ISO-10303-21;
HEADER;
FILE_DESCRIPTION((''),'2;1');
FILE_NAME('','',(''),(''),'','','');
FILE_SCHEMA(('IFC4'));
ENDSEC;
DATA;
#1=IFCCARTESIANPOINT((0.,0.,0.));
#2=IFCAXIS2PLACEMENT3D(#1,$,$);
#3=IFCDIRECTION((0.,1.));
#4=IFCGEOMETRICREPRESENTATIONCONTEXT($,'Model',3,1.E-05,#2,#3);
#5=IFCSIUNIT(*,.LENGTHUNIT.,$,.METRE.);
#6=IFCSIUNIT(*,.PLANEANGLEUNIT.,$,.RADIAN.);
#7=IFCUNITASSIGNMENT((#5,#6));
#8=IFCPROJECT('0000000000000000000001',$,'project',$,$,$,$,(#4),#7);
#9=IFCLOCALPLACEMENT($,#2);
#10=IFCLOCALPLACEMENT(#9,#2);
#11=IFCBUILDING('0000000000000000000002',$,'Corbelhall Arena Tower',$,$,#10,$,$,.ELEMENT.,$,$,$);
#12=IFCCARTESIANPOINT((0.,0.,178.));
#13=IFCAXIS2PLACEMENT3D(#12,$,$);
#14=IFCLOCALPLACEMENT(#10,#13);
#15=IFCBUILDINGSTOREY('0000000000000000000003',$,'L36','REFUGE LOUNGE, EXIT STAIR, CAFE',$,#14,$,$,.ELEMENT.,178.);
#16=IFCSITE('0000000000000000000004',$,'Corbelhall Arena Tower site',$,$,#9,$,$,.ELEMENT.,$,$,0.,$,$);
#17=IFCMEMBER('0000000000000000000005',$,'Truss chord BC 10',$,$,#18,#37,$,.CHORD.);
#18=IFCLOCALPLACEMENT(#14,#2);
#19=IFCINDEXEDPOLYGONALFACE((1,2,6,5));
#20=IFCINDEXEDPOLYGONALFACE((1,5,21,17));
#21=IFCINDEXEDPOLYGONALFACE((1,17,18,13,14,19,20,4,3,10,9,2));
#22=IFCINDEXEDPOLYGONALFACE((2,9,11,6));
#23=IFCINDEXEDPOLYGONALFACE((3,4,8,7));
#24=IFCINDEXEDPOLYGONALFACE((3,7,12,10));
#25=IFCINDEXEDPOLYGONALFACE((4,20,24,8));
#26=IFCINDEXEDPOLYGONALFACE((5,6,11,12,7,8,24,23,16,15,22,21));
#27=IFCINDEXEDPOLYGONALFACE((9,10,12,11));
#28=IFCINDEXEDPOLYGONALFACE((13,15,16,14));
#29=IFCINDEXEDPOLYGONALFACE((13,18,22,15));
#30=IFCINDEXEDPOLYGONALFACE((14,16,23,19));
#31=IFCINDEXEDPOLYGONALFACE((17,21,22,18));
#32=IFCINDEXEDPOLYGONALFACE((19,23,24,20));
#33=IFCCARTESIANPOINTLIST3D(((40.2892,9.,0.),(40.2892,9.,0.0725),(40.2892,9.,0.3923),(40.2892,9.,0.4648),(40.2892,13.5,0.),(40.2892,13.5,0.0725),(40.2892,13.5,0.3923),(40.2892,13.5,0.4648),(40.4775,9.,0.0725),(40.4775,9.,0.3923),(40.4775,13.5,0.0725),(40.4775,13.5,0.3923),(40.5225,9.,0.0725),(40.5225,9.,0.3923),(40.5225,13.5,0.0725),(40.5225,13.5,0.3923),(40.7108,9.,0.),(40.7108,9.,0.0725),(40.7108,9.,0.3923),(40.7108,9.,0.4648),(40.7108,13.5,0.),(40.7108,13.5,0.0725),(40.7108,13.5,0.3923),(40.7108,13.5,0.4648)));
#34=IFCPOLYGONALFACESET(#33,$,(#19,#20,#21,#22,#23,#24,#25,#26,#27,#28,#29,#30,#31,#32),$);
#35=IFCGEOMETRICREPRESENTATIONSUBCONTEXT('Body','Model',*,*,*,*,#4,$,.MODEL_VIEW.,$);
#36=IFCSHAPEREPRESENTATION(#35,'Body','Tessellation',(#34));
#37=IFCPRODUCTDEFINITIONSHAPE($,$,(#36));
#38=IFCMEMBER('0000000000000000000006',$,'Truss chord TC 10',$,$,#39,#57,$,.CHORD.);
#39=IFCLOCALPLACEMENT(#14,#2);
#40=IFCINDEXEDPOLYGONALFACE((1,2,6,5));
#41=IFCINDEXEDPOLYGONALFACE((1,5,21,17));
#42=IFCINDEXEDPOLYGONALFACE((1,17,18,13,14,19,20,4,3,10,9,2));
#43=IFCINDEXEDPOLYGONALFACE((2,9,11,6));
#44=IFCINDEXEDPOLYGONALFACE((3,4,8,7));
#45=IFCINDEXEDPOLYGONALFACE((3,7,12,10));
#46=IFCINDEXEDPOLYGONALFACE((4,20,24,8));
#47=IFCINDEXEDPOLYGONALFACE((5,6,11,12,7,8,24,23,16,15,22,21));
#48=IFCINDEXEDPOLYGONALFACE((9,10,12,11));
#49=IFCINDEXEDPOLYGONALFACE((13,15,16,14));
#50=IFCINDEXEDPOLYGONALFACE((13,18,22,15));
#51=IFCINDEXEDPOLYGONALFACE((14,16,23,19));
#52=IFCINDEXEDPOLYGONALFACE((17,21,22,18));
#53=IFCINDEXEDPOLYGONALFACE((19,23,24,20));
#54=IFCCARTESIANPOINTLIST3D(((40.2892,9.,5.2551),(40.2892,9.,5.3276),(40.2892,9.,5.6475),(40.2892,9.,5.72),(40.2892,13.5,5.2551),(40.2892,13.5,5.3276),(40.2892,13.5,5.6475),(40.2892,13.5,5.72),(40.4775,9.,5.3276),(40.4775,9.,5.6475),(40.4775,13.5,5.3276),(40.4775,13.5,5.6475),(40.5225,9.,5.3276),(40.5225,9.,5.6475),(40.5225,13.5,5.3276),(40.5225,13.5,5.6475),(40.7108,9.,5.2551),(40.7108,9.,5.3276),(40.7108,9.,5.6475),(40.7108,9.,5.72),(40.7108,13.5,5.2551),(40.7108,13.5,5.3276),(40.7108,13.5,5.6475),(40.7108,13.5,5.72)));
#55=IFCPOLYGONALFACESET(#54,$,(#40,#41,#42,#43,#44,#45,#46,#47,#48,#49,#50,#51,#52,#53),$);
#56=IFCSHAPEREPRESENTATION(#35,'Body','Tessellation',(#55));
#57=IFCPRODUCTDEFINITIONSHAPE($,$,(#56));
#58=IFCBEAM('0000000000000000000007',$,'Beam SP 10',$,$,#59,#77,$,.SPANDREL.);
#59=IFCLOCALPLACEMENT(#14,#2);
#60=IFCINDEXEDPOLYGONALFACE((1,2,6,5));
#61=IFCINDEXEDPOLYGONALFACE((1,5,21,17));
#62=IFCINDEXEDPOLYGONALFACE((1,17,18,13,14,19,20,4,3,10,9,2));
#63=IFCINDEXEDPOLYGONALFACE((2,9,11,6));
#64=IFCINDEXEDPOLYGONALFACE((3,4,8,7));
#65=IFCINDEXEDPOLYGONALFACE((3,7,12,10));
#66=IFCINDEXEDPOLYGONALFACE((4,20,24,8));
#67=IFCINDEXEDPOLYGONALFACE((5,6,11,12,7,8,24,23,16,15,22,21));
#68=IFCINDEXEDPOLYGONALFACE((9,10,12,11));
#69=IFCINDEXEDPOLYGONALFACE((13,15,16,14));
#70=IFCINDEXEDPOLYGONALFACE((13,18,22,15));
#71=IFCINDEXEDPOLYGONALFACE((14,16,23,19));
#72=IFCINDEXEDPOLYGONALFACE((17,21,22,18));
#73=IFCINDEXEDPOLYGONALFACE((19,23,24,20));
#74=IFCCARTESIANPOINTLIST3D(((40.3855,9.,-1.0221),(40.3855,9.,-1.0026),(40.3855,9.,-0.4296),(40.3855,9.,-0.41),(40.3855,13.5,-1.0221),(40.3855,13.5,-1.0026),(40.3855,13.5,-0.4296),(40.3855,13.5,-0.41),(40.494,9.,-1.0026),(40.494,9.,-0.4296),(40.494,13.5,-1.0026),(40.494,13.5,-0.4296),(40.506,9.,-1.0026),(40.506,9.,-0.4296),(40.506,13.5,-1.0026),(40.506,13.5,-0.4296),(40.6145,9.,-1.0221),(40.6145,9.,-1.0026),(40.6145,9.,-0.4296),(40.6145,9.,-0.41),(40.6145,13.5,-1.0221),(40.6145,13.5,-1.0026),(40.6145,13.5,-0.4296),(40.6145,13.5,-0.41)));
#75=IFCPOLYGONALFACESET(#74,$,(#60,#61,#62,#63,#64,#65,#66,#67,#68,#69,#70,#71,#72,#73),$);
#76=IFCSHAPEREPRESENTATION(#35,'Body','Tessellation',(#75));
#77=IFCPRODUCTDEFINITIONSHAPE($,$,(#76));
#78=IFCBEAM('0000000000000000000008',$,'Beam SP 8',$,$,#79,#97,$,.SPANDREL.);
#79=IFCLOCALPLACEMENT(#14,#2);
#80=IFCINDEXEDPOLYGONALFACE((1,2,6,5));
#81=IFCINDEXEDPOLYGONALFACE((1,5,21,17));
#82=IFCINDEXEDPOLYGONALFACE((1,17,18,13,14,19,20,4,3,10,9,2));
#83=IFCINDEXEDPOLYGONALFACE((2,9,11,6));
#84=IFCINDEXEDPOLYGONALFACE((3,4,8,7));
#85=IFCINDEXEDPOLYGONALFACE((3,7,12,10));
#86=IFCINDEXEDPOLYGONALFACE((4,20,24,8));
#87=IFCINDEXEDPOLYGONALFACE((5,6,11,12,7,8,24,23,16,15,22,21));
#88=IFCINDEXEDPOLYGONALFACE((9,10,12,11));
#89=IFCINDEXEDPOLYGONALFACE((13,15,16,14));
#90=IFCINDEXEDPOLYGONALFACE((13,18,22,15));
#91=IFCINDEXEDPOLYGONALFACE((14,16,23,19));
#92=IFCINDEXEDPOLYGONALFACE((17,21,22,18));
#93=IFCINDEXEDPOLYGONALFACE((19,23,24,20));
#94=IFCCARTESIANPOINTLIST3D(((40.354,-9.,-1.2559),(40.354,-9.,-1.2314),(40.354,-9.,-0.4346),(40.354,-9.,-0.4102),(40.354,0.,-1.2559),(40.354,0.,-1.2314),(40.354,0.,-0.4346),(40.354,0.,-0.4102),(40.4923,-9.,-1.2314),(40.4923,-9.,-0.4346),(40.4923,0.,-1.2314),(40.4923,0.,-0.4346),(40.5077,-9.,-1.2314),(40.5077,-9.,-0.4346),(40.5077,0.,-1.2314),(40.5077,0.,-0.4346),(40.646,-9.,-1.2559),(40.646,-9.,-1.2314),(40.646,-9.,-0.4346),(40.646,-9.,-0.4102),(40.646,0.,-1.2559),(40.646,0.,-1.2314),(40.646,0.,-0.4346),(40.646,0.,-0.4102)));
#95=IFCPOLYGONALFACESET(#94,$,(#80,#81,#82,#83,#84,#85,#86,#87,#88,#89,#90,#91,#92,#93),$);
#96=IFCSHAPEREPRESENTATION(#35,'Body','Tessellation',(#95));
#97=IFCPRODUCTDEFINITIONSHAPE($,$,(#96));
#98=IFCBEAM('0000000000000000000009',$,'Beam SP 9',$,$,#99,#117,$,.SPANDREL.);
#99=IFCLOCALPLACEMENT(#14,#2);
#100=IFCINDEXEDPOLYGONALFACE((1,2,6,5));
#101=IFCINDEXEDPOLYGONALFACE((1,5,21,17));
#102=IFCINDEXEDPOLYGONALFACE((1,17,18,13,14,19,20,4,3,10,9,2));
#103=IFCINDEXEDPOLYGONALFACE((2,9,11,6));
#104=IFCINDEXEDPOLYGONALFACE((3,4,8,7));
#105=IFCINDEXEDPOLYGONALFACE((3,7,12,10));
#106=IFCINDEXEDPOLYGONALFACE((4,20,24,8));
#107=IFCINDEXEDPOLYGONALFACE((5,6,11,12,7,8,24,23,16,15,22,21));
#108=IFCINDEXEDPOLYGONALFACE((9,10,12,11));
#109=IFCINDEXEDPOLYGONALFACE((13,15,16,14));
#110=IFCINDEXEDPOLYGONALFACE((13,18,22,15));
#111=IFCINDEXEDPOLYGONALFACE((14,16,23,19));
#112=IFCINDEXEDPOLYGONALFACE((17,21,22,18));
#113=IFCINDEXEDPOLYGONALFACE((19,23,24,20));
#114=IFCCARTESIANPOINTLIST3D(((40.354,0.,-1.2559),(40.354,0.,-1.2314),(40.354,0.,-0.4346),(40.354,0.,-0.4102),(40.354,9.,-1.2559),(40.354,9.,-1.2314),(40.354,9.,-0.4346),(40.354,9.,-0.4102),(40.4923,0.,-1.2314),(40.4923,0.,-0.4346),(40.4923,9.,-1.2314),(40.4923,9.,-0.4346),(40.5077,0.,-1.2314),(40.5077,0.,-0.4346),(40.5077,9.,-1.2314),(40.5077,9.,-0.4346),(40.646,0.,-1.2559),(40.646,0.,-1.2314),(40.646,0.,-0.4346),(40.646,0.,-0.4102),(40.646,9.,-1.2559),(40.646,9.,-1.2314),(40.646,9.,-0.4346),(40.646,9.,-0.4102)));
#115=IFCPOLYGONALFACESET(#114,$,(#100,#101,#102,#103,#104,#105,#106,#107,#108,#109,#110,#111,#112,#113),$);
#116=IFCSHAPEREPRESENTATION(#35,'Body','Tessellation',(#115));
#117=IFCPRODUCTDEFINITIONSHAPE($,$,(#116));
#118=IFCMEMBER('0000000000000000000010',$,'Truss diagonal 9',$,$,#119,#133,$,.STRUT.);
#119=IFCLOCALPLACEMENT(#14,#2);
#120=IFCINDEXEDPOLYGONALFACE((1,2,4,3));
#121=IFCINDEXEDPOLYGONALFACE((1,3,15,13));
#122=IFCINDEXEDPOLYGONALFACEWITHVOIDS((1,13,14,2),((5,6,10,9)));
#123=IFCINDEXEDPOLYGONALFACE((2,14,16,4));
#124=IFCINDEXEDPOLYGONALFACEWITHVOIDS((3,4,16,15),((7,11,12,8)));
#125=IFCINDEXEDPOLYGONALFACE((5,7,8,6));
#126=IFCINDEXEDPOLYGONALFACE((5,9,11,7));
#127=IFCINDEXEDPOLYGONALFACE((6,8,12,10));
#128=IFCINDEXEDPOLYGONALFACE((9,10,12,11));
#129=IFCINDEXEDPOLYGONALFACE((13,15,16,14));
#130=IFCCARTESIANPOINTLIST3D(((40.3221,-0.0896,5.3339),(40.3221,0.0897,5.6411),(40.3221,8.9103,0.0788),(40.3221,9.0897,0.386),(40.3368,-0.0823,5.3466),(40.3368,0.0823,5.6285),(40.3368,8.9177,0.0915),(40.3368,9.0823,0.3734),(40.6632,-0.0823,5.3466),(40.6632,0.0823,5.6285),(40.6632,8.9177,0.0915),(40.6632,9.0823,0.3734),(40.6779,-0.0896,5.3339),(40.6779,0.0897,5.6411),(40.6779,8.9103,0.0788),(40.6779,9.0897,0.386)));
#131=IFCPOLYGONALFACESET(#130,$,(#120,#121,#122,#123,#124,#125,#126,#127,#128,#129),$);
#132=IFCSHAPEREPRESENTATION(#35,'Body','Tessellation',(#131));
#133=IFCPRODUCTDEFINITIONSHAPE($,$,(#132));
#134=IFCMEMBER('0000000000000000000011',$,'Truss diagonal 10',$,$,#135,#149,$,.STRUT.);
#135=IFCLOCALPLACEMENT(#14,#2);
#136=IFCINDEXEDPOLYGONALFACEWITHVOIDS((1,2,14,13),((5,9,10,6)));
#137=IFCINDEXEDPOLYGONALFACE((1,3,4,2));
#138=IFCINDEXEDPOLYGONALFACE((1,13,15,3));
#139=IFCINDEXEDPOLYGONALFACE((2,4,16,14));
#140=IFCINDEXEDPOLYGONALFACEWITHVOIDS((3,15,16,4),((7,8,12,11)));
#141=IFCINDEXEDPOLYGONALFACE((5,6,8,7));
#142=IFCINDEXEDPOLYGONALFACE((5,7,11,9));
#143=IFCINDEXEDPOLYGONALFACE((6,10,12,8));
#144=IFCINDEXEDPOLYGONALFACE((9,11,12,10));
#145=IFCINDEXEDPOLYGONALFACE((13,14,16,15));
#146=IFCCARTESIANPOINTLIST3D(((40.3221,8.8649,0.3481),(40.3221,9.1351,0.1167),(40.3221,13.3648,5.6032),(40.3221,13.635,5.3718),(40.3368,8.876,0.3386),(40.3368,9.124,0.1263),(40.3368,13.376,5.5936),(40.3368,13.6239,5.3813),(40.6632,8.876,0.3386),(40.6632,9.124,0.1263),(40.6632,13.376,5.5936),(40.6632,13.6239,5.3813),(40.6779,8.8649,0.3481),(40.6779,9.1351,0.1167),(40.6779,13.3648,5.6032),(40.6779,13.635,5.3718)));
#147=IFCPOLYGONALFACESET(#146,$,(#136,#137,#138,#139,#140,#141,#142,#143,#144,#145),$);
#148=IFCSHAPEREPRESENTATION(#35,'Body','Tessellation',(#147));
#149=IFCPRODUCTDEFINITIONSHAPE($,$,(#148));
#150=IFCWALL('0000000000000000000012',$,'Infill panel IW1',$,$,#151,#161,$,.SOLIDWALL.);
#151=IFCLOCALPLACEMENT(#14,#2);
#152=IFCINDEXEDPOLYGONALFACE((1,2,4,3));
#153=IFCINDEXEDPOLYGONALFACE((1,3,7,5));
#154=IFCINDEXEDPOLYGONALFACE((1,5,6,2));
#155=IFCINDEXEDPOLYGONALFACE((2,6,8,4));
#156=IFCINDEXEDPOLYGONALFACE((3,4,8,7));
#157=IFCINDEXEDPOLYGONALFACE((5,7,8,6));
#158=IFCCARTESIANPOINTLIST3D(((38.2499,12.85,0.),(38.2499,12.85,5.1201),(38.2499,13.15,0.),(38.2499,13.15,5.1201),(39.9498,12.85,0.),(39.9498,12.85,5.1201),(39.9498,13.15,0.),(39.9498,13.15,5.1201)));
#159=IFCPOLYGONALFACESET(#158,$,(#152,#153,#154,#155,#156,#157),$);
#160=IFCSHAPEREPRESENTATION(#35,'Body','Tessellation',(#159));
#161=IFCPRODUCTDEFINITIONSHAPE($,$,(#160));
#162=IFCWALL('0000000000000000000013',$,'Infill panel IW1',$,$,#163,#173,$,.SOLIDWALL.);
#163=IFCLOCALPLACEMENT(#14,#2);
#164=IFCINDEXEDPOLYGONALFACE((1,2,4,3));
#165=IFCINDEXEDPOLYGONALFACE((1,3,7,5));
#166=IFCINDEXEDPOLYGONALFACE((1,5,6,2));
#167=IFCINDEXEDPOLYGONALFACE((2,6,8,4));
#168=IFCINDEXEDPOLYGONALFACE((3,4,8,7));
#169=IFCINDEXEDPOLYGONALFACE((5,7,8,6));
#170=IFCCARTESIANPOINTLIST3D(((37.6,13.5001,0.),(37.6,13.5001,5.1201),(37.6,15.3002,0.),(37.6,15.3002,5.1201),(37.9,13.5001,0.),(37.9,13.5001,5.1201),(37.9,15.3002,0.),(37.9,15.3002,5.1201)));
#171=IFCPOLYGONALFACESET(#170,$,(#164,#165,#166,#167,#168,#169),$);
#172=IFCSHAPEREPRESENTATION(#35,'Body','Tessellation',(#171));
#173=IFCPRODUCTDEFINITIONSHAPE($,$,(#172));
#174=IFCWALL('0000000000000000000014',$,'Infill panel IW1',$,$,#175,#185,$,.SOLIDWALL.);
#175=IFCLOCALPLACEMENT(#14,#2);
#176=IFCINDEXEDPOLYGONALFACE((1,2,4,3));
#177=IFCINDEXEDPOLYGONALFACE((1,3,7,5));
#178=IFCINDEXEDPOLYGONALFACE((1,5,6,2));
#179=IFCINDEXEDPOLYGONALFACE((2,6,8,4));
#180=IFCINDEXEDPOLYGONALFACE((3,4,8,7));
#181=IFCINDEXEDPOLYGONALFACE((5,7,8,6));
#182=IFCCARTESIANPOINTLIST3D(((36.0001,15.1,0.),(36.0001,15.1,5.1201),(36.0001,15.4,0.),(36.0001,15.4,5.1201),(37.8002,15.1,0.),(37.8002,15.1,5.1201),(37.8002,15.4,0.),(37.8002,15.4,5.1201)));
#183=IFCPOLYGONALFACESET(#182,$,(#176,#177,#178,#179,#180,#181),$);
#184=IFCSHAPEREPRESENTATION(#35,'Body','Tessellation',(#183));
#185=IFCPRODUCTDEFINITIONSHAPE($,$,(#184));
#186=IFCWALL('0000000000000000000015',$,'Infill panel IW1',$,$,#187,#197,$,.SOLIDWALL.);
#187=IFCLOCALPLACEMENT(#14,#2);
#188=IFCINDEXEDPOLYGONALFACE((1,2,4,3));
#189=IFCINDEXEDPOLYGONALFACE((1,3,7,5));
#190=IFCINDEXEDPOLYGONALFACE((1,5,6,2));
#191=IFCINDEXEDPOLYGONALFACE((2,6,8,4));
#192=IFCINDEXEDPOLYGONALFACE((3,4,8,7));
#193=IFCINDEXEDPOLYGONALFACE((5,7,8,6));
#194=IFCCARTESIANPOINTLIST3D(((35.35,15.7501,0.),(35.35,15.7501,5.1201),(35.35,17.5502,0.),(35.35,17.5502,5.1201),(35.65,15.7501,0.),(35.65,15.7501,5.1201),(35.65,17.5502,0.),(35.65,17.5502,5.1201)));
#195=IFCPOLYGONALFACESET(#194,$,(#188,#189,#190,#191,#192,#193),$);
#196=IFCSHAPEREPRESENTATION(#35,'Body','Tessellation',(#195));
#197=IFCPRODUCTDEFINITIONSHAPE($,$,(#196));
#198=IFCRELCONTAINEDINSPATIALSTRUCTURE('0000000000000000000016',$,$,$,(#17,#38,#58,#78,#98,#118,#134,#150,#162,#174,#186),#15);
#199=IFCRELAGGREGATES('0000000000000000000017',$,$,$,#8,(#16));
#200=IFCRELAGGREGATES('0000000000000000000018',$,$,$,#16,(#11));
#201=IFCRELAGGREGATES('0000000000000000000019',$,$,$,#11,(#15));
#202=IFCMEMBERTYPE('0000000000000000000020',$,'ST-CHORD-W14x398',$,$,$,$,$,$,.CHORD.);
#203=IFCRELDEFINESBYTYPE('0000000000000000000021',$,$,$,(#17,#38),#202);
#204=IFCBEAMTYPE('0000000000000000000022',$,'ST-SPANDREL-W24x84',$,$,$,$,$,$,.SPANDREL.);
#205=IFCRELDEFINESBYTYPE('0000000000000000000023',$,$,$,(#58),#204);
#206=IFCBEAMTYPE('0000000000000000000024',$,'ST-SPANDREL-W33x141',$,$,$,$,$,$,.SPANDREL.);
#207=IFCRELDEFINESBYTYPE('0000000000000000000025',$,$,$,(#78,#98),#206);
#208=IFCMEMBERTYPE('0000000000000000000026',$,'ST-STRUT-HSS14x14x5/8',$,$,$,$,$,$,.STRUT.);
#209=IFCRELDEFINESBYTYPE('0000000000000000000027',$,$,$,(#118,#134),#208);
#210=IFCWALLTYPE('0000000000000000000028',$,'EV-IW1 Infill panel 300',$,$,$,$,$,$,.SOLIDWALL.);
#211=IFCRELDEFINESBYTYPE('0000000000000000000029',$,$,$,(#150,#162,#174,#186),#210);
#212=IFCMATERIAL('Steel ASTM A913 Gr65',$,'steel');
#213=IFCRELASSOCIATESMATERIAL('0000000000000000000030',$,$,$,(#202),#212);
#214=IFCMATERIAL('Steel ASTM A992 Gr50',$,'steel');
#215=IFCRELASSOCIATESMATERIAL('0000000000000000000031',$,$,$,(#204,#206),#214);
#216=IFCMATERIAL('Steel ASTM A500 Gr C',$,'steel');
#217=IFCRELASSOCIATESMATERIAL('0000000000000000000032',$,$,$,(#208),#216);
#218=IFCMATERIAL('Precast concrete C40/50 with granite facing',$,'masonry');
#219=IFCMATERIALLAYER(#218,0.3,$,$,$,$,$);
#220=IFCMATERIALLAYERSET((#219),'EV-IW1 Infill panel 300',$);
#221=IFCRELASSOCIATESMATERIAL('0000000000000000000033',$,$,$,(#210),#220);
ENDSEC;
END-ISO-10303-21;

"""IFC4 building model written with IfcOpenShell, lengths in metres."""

from ifc_helpers import new_model, si_unit, direction, frame, frame_2d, origin, origin_2d, place, context, subcontext, project, spatial, rectangle, hollow_rectangle, i_section, extrude, material, layer, layer_set, material_profile, profile_set, type_object, element, save


model = new_model("IFC4")

# Units and contexts
model_context = context("Model", 3, precision=1e-05, world=origin(), true_north=direction((0.0, 1.0)))
body_context = subcontext(model_context, "Body", "Model", "MODEL_VIEW")
ifc_project = project(units=[si_unit("LENGTHUNIT", "METRE"), si_unit("PLANEANGLEUNIT", "RADIAN")], contexts=[model_context])

# Site, building, storey
site_placement = place(None, origin())
site = spatial("IfcSite", under=ifc_project, at=site_placement, Name="Corbelhall Arena Tower site", CompositionType="ELEMENT", RefElevation=0.0)
building_placement = place(site_placement, origin())
building = spatial("IfcBuilding", under=site, at=building_placement, Name="Corbelhall Arena Tower", CompositionType="ELEMENT")
storey_placement = place(building_placement, frame((0.0, 0.0, 178.0)))
storey = spatial("IfcBuildingStorey", under=building, at=storey_placement, Name="L36", Description="REFUGE LOUNGE, EXIT STAIR, CAFE", CompositionType="ELEMENT", Elevation=178.0)

# Members
ifc_material_1 = material(Name="Steel ASTM A913 Gr65", Category="steel")
ifc_material_profile_1 = material_profile(ifc_material_1, i_section(OverallWidth=0.4216, OverallDepth=0.4648, WebThickness=0.0449, FlangeThickness=0.0725, at=origin_2d()))
ifc_profile_set_1 = profile_set([ifc_material_profile_1], Name="Steel ASTM A913 Gr65")
member_type_1 = type_object("IfcMemberType", Name="ST-CHORD-W14x398", PredefinedType="CHORD", material=ifc_profile_set_1)
for number, where, z_axis, x_axis, name in (
    (1, (40.5, 13.5, 0.2324), (0.0, -1.0, 0.0), (1.0, 0.0, 0.0), "Truss chord BC 10"),
    (2, (40.5, 13.5, 5.4875), (0.0, -1.0, 0.0), (1.0, 0.0, 0.0), "Truss chord TC 10"),
):
    element("IfcMember", number, at=place(storey_placement, frame(where, z_axis=z_axis, x_axis=x_axis)), inside=storey, type_object=member_type_1, Name=name, PredefinedType="CHORD", context=body_context, shape_type="SweptSolid", body=[
        extrude(i_section(OverallWidth=0.4216, OverallDepth=0.4648, WebThickness=0.0449, FlangeThickness=0.0725, at=origin_2d()), origin(), (0.0, 0.0, 1.0), 4.5),
    ])

# Beams
ifc_material_2 = material(Name="Steel ASTM A992 Gr50", Category="steel")
ifc_material_profile_2 = material_profile(ifc_material_2, i_section(OverallWidth=0.229, OverallDepth=0.6121, WebThickness=0.012, FlangeThickness=0.0195, at=origin_2d()))
ifc_profile_set_2 = profile_set([ifc_material_profile_2], Name="Steel ASTM A992 Gr50")
beam_type_1 = type_object("IfcBeamType", Name="ST-SPANDREL-W24x84", PredefinedType="SPANDREL", material=ifc_profile_set_2)
beam_placement = place(storey_placement, frame((40.5, 13.5, -0.7161), z_axis=(0.0, -1.0, 0.0), x_axis=(1.0, 0.0, 0.0)))
element("IfcBeam", 3, at=beam_placement, inside=storey, type_object=beam_type_1, Name="Beam SP 10", PredefinedType="SPANDREL", context=body_context, shape_type="SweptSolid", body=[
    extrude(i_section(OverallWidth=0.229, OverallDepth=0.6121, WebThickness=0.012, FlangeThickness=0.0195, at=origin_2d()), origin(), (0.0, 0.0, 1.0), 4.5),
])
ifc_material_profile_3 = material_profile(ifc_material_2, i_section(OverallWidth=0.292, OverallDepth=0.8457, WebThickness=0.0154, FlangeThickness=0.0244, at=origin_2d()))
ifc_profile_set_3 = profile_set([ifc_material_profile_3], Name="Steel ASTM A992 Gr50")
beam_type_2 = type_object("IfcBeamType", Name="ST-SPANDREL-W33x141", PredefinedType="SPANDREL", material=ifc_profile_set_3)
for number, where, z_axis, x_axis, name in (
    (4, (40.5, 0.0, -0.833), (0.0, -1.0, 0.0), (1.0, 0.0, 0.0), "Beam SP 8"),
    (5, (40.5, 9.0, -0.833), (0.0, -1.0, 0.0), (1.0, 0.0, 0.0), "Beam SP 9"),
):
    element("IfcBeam", number, at=place(storey_placement, frame(where, z_axis=z_axis, x_axis=x_axis)), inside=storey, type_object=beam_type_2, Name=name, PredefinedType="SPANDREL", context=body_context, shape_type="SweptSolid", body=[
        extrude(i_section(OverallWidth=0.292, OverallDepth=0.8457, WebThickness=0.0154, FlangeThickness=0.0244, at=origin_2d()), origin(), (0.0, 0.0, 1.0), 9.0),
    ])

# Members
ifc_material_3 = material(Name="Steel ASTM A500 Gr C", Category="steel")
ifc_material_profile_4 = material_profile(ifc_material_3, hollow_rectangle(XDim=0.3557, YDim=0.3557, WallThickness=0.0146, at=origin_2d()))
ifc_profile_set_4 = profile_set([ifc_material_profile_4], Name="Steel ASTM A500 Gr C")
member_type_2 = type_object("IfcMemberType", Name="ST-STRUT-HSS14x14x5/8", PredefinedType="STRUT", material=ifc_profile_set_4)
member_1_placement = place(storey_placement, frame((40.5, 9.0, 0.2324), z_axis=(0.0, -0.863565, 0.504238), x_axis=(1.0, 0.0, 0.0)))
element("IfcMember", 6, at=member_1_placement, inside=storey, type_object=member_type_2, Name="Truss diagonal 9", PredefinedType="STRUT", context=body_context, shape_type="SweptSolid", body=[
    extrude(hollow_rectangle(XDim=0.3557, YDim=0.3557, WallThickness=0.0146, at=origin_2d()), origin(), (0.0, 0.0, 1.0), 10.4219),
])
member_2_placement = place(storey_placement, frame((40.5, 9.0, 0.2324), z_axis=(0.0, 0.650425, 0.75957), x_axis=(-1.0, 0.0, 0.0)))
element("IfcMember", 7, at=member_2_placement, inside=storey, type_object=member_type_2, Name="Truss diagonal 10", PredefinedType="STRUT", context=body_context, shape_type="SweptSolid", body=[
    extrude(hollow_rectangle(XDim=0.3557, YDim=0.3557, WallThickness=0.0146, at=origin_2d()), origin(), (0.0, 0.0, 1.0), 6.9185),
])

# Walls
ifc_material_4 = material(Name="Precast concrete C40/50 with granite facing", Category="masonry")
ifc_layer_1 = layer(ifc_material_4, 0.3)
ifc_layer_set_1 = layer_set([ifc_layer_1], Name="EV-IW1 Infill panel 300")
wall_type_1 = type_object("IfcWallType", Name="EV-IW1 Infill panel 300", PredefinedType="SOLIDWALL", material=ifc_layer_set_1)
wall_1_placement = place(storey_placement, frame((39.95, 13.0, 0.0), z_axis=(0.0, 0.0, 1.0), x_axis=(-1.0, 0.0, 0.0)))
element("IfcWall", 8, at=wall_1_placement, inside=storey, type_object=wall_type_1, Name="Infill panel IW1", PredefinedType="SOLIDWALL", context=body_context, shape_type="SweptSolid", body=[
    extrude(rectangle(XDim=1.7, YDim=0.3, at=frame_2d((0.8501, 0.0))), origin(), (0.0, 0.0, 1.0), 5.1201),
])
for number, where, z_axis, x_axis, name in (
    (9, (37.75, 15.3, 0.0), (0.0, 0.0, 1.0), (0.0, -1.0, 0.0), "Infill panel IW1"),
    (10, (37.8, 15.25, 0.0), (0.0, 0.0, 1.0), (-1.0, 0.0, 0.0), "Infill panel IW1"),
    (11, (35.5, 17.55, 0.0), (0.0, 0.0, 1.0), (0.0, -1.0, 0.0), "Infill panel IW1"),
):
    element("IfcWall", number, at=place(storey_placement, frame(where, z_axis=z_axis, x_axis=x_axis)), inside=storey, type_object=wall_type_1, Name=name, PredefinedType="SOLIDWALL", context=body_context, shape_type="SweptSolid", body=[
        extrude(rectangle(XDim=1.8, YDim=0.3, at=frame_2d((0.8999, 0.0))), origin(), (0.0, 0.0, 1.0), 5.1201),
    ])

save(model, "model.ifc")
